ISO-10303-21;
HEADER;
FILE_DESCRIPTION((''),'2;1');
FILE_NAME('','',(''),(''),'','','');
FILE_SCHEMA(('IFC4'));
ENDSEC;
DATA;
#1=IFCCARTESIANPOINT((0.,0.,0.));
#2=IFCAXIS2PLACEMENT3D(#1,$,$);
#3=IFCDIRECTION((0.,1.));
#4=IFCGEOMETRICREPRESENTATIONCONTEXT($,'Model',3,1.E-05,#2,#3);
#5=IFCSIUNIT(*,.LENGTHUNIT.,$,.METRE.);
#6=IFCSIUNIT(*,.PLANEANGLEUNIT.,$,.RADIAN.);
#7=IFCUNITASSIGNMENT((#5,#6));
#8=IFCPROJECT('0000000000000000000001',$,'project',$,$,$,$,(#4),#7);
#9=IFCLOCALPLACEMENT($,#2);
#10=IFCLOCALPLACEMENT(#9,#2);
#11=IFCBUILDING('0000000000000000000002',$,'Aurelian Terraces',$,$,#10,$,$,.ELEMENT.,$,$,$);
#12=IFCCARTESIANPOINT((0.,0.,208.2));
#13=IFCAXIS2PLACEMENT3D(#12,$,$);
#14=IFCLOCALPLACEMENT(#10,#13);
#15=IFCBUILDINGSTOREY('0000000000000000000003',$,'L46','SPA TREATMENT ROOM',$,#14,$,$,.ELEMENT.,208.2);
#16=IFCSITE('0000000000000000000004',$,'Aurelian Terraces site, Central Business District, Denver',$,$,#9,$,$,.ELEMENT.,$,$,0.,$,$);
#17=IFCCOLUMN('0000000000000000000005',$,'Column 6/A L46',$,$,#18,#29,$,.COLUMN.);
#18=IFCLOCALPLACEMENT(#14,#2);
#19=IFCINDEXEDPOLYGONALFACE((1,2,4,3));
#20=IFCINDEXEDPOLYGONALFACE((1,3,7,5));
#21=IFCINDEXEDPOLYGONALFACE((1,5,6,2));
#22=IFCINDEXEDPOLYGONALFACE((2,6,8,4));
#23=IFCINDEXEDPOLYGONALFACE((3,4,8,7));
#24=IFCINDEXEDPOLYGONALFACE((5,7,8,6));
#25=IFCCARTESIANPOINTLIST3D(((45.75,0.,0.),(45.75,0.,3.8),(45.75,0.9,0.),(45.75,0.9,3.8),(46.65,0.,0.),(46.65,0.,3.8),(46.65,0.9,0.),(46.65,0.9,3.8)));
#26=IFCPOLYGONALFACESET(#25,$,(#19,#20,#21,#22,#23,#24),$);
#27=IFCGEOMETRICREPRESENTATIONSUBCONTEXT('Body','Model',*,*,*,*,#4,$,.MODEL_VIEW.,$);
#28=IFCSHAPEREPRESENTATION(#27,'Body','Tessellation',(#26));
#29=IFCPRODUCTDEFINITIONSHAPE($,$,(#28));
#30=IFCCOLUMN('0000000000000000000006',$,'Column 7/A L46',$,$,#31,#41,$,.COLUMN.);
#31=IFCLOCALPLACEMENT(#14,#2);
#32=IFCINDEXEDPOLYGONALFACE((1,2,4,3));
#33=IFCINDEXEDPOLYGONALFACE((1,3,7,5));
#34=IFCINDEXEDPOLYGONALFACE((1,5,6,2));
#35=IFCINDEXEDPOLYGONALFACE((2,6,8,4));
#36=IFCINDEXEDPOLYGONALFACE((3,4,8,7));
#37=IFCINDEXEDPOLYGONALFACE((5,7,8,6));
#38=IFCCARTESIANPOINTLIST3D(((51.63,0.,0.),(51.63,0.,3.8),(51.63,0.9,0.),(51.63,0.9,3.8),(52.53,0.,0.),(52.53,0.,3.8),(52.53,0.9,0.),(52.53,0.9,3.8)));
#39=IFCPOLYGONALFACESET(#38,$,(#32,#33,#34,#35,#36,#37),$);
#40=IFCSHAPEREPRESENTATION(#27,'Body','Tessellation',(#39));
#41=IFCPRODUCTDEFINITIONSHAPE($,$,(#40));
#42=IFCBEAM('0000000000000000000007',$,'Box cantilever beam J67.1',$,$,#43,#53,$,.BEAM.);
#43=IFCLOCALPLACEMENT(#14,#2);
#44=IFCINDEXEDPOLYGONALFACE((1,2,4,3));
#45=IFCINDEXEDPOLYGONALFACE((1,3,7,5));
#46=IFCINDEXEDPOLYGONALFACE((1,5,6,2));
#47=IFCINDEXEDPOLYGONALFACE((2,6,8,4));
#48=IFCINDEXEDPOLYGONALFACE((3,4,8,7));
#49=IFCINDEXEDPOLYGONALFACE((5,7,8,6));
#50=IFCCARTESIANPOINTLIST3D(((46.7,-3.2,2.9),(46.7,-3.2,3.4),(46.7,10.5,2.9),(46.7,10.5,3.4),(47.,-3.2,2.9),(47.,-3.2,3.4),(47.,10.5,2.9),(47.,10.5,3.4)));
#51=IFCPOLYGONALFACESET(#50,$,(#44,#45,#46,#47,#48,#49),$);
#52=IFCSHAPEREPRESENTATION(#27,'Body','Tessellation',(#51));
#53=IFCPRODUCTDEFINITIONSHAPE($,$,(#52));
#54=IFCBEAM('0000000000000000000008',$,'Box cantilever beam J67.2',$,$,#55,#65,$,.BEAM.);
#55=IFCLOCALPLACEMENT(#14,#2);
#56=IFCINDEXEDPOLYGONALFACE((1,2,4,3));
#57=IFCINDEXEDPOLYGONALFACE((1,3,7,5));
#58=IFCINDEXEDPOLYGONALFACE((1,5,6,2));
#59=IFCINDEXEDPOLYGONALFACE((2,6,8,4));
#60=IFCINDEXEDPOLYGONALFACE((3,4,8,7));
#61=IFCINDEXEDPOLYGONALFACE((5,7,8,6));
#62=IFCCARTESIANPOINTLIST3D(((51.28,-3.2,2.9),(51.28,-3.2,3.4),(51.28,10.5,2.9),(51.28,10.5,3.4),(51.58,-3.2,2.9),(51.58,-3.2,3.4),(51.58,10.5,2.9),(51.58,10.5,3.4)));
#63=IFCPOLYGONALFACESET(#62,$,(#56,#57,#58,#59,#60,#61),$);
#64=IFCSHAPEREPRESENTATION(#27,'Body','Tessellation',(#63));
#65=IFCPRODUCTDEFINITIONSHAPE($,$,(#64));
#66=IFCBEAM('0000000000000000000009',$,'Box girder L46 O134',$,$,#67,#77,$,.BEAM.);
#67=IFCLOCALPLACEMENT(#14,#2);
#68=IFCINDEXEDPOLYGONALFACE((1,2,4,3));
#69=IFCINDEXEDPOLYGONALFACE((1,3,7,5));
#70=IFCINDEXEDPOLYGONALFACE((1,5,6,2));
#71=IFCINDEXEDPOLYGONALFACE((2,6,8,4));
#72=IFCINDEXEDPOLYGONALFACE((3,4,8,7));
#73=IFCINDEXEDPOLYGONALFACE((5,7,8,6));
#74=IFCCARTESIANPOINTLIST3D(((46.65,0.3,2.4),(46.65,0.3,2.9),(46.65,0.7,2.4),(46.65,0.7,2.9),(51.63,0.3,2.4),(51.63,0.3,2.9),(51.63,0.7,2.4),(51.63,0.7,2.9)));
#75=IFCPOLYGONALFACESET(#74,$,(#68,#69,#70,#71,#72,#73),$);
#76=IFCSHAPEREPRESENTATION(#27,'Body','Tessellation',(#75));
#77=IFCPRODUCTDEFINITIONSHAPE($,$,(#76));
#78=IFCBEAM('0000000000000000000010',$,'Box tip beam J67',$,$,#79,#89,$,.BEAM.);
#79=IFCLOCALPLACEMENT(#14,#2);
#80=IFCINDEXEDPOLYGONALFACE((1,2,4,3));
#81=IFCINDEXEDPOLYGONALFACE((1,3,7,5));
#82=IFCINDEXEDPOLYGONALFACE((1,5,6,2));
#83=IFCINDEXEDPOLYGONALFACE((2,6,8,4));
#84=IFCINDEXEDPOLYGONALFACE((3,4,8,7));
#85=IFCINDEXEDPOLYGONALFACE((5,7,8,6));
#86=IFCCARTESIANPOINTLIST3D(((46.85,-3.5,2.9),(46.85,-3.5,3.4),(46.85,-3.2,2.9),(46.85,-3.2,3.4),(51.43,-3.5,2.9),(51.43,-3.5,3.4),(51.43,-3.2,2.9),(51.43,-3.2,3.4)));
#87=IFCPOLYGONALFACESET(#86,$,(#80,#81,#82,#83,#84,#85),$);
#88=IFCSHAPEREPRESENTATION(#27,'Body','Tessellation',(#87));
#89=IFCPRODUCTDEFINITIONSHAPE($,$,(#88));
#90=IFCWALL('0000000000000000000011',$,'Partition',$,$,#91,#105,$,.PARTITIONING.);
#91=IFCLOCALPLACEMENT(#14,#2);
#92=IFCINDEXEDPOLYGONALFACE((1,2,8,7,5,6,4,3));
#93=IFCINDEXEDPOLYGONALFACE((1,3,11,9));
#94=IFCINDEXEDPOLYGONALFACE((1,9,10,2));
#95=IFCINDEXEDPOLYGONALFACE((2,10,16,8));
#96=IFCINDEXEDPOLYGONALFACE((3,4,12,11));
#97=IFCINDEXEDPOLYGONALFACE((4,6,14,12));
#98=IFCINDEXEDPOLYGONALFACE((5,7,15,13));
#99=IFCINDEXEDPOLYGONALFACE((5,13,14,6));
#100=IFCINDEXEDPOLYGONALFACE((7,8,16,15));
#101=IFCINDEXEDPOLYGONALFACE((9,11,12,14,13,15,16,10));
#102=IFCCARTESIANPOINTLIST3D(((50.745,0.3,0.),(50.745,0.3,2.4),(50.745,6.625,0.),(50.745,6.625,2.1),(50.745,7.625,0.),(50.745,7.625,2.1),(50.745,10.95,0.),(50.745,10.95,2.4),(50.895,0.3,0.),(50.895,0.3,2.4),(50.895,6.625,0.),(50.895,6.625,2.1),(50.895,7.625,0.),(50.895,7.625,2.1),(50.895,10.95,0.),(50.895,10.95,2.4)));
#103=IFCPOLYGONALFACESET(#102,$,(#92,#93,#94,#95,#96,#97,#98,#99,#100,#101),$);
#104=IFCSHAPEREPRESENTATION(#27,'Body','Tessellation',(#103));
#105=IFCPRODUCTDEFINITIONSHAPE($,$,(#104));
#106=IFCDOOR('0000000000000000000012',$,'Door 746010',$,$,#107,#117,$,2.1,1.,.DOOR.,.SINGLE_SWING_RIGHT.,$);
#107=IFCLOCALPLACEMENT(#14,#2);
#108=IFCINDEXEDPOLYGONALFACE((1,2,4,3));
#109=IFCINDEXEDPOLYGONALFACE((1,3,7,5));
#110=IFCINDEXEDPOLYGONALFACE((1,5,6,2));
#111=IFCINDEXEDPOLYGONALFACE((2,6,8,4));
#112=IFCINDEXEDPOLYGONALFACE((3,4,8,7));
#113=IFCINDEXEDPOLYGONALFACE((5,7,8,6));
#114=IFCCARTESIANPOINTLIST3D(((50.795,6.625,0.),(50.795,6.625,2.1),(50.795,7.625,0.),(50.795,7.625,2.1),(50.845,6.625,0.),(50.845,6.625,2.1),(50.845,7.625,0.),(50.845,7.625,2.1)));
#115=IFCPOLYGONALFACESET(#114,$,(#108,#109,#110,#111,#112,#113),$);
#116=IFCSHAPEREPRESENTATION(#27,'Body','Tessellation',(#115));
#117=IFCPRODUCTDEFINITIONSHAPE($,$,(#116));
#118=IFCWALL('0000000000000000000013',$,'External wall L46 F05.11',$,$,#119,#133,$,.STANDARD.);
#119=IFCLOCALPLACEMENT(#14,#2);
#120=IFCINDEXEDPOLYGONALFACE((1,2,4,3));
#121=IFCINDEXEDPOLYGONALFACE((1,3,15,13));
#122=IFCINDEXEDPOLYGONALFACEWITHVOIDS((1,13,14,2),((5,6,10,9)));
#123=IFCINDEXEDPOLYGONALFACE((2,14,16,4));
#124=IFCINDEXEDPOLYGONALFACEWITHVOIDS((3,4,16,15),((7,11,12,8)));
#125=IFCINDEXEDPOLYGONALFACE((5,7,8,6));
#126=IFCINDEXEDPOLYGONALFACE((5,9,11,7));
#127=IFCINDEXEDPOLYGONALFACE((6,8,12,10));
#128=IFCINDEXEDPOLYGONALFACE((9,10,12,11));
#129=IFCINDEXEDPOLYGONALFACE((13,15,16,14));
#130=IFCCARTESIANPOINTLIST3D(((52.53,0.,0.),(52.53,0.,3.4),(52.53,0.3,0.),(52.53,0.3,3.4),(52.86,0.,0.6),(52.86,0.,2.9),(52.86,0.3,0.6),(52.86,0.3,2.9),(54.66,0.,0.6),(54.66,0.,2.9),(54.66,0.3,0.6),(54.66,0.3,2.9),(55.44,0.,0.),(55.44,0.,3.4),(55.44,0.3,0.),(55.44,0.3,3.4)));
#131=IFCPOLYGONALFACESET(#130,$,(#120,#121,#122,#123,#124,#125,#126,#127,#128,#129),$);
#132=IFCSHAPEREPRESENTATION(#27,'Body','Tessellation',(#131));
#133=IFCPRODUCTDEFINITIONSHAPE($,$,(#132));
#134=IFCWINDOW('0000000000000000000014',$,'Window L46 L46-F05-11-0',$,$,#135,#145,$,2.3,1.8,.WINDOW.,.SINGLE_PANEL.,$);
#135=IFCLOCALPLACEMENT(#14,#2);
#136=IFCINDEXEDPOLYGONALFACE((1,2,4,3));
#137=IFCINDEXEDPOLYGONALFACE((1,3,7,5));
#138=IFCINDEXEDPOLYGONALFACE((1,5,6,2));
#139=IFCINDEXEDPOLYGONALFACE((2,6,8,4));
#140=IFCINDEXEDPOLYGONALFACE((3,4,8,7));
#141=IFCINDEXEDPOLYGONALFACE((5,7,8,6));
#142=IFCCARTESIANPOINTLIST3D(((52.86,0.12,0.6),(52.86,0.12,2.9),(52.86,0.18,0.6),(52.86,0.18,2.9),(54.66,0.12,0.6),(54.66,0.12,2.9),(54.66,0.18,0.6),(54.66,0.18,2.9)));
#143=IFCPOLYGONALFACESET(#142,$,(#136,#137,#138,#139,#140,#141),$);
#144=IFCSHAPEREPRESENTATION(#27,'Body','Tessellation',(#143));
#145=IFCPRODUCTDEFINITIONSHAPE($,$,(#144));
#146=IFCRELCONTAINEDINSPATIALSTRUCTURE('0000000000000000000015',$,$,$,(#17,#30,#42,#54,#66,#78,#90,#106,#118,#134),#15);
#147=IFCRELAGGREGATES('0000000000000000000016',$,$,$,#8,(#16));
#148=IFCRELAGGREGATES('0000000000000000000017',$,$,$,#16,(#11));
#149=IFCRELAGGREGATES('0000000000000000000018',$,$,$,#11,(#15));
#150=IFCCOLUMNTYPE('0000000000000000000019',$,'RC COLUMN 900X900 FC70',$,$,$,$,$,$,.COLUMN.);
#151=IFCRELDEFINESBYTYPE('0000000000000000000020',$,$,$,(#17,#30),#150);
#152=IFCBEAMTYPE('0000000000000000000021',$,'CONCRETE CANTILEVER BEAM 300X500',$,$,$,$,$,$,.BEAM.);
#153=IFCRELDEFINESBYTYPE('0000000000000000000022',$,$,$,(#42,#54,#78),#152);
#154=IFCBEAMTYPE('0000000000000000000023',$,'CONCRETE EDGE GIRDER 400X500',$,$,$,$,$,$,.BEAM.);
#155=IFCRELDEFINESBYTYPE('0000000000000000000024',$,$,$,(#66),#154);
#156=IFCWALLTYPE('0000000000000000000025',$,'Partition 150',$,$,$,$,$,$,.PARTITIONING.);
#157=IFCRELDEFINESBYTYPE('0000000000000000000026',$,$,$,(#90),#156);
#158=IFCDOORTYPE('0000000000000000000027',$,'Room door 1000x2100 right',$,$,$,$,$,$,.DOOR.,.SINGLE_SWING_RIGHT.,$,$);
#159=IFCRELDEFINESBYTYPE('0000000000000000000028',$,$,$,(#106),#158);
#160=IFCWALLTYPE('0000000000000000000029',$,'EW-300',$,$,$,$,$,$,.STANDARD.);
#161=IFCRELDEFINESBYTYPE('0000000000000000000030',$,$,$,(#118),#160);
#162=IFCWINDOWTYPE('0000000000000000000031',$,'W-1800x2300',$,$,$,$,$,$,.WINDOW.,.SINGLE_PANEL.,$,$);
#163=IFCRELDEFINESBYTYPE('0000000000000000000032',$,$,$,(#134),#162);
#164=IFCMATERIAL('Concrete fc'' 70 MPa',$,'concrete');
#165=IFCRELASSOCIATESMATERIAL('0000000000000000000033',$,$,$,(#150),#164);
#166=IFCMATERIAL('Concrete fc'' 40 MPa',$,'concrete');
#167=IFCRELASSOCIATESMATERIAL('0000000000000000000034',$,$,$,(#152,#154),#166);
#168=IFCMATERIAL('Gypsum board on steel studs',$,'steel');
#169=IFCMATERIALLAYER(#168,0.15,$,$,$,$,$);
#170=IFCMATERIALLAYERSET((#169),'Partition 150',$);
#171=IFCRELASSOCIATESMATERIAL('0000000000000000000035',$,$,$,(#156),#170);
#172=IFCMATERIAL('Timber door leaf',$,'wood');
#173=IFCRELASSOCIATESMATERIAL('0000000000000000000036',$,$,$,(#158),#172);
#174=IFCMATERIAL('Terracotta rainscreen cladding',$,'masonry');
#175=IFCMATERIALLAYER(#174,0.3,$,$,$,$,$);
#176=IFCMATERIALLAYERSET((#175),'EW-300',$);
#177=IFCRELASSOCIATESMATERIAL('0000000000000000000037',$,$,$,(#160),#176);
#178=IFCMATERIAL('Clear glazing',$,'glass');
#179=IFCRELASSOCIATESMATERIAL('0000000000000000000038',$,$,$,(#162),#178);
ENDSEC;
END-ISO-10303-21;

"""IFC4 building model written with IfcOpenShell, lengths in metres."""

from ifc_helpers import new_model, si_unit, direction, frame, frame_2d, origin, origin_2d, place, context, subcontext, project, spatial, rectangle, extrude, source, transform, mapped, material, layer, layer_set, material_profile, profile_set, type_object, element, fill, save


model = new_model("IFC4")

# Units and contexts
model_context = context("Model", 3, precision=1e-05, world=origin(), true_north=direction((0.0, 1.0)))
body_context = subcontext(model_context, "Body", "Model", "MODEL_VIEW")
ifc_project = project(units=[si_unit("LENGTHUNIT", "METRE"), si_unit("PLANEANGLEUNIT", "RADIAN")], contexts=[model_context])

# Site, building, storey
site_placement = place(None, origin())
site = spatial("IfcSite", under=ifc_project, at=site_placement, Name="Aurelian Terraces site, Central Business District, Denver", CompositionType="ELEMENT", RefElevation=0.0)
building_placement = place(site_placement, origin())
building = spatial("IfcBuilding", under=site, at=building_placement, Name="Aurelian Terraces", CompositionType="ELEMENT")
storey_placement = place(building_placement, frame((0.0, 0.0, 208.2)))
storey = spatial("IfcBuildingStorey", under=building, at=storey_placement, Name="L46", Description="SPA TREATMENT ROOM", CompositionType="ELEMENT", Elevation=208.2)

# Columns
ifc_material_1 = material(Name="Concrete fc' 70 MPa", Category="concrete")
ifc_material_profile_1 = material_profile(ifc_material_1, rectangle(XDim=0.9, YDim=0.9, at=origin_2d()))
ifc_profile_set_1 = profile_set([ifc_material_profile_1], Name="Concrete fc' 70 MPa")
column_type = type_object("IfcColumnType", Name="RC COLUMN 900X900 FC70", PredefinedType="COLUMN", material=ifc_profile_set_1)
shared_shape_1 = source(origin(), body_context, "Body", "SweptSolid", [
    extrude(rectangle(XDim=0.9, YDim=0.9, at=origin_2d()), origin(), (0.0, 0.0, 1.0), 3.8),
])
for number, where, z_axis, x_axis, name in (
    (1, (46.2, 0.45, 0.0), (0.0, 0.0, 1.0), (1.0, 0.0, 0.0), "Column 6/A L46"),
    (2, (52.08, 0.45, 0.0), (0.0, 0.0, 1.0), (1.0, 0.0, 0.0), "Column 7/A L46"),
):
    element("IfcColumn", number, at=place(storey_placement, frame(where, z_axis=z_axis, x_axis=x_axis)), inside=storey, type_object=column_type, Name=name, PredefinedType="COLUMN", context=body_context, shape_type="MappedRepresentation", body=[
        mapped(shared_shape_1, transform((0.0, 0.0, 0.0), scale=1.0)),
    ])

# Beams
ifc_material_2 = material(Name="Concrete fc' 40 MPa", Category="concrete")
ifc_material_profile_2 = material_profile(ifc_material_2, rectangle(XDim=0.3, YDim=0.5, at=origin_2d()))
ifc_profile_set_2 = profile_set([ifc_material_profile_2], Name="Concrete fc' 40 MPa")
beam_type_1 = type_object("IfcBeamType", Name="CONCRETE CANTILEVER BEAM 300X500", PredefinedType="BEAM", material=ifc_profile_set_2)
shared_shape_2 = source(origin(), body_context, "Body", "SweptSolid", [
    extrude(rectangle(XDim=0.3, YDim=0.5, at=origin_2d()), origin(), (0.0, 0.0, 1.0), 13.7),
])
for number, where, z_axis, x_axis, name in (
    (3, (46.85, -3.2, 3.15), (0.0, 1.0, 0.0), (-1.0, 0.0, 0.0), "Box cantilever beam J67.1"),
    (4, (51.43, -3.2, 3.15), (0.0, 1.0, 0.0), (-1.0, 0.0, 0.0), "Box cantilever beam J67.2"),
):
    element("IfcBeam", number, at=place(storey_placement, frame(where, z_axis=z_axis, x_axis=x_axis)), inside=storey, type_object=beam_type_1, Name=name, PredefinedType="BEAM", context=body_context, shape_type="MappedRepresentation", body=[
        mapped(shared_shape_2, transform((0.0, 0.0, 0.0), scale=1.0)),
    ])
ifc_material_profile_3 = material_profile(ifc_material_2, rectangle(XDim=0.4, YDim=0.5, at=origin_2d()))
ifc_profile_set_3 = profile_set([ifc_material_profile_3], Name="Concrete fc' 40 MPa")
beam_type_2 = type_object("IfcBeamType", Name="CONCRETE EDGE GIRDER 400X500", PredefinedType="BEAM", material=ifc_profile_set_3)
shared_shape_3 = source(origin(), body_context, "Body", "SweptSolid", [
    extrude(rectangle(XDim=0.4, YDim=0.5, at=origin_2d()), origin(), (0.0, 0.0, 1.0), 4.98),
])
beam_1_placement = place(storey_placement, frame((46.65, 0.5, 2.65), z_axis=(1.0, 0.0, 0.0), x_axis=(0.0, 1.0, 0.0)))
element("IfcBeam", 5, at=beam_1_placement, inside=storey, type_object=beam_type_2, Name="Box girder L46 O134", PredefinedType="BEAM", context=body_context, shape_type="MappedRepresentation", body=[
    mapped(shared_shape_3, transform((0.0, 0.0, 0.0), scale=1.0)),
])
shared_shape_4 = source(origin(), body_context, "Body", "SweptSolid", [
    extrude(rectangle(XDim=0.3, YDim=0.5, at=origin_2d()), origin(), (0.0, 0.0, 1.0), 4.58),
])
beam_2_placement = place(storey_placement, frame((46.85, -3.35, 3.15), z_axis=(1.0, 0.0, 0.0), x_axis=(0.0, 1.0, 0.0)))
element("IfcBeam", 6, at=beam_2_placement, inside=storey, type_object=beam_type_1, Name="Box tip beam J67", PredefinedType="BEAM", context=body_context, shape_type="MappedRepresentation", body=[
    mapped(shared_shape_4, transform((0.0, 0.0, 0.0), scale=1.0)),
])

# Wall, opening, door
ifc_material_3 = material(Name="Gypsum board on steel studs", Category="steel")
ifc_layer_1 = layer(ifc_material_3, 0.15)
ifc_layer_set_1 = layer_set([ifc_layer_1], Name="Partition 150")
wall_type_1 = type_object("IfcWallType", Name="Partition 150", PredefinedType="PARTITIONING", material=ifc_layer_set_1)
wall_1_placement = place(storey_placement, frame((50.82, 0.3, 0.0), z_axis=(0.0, 0.0, 1.0), x_axis=(0.0, 1.0, 0.0)))
wall_1 = element("IfcWall", 7, at=wall_1_placement, inside=storey, type_object=wall_type_1, Name="Partition", PredefinedType="PARTITIONING", context=body_context, shape_type="SweptSolid", body=[
    extrude(rectangle(XDim=10.65, YDim=0.15, at=frame_2d((5.325, 0.0))), origin(), (0.0, 0.0, 1.0), 2.4),
])
shared_shape_5 = source(origin(), body_context, "Body", "SweptSolid", [
    extrude(rectangle(XDim=1.0, YDim=2.1, at=frame_2d((0.5, 1.05))), frame((0.0, 0.085, 0.0), z_axis=(0.0, -1.0, 0.0), x_axis=(1.0, 0.0, 0.0)), (0.0, 0.0, 1.0), 0.17),
])
opening_1_placement = place(wall_1_placement, frame((6.325, 0.0, 0.0)))
opening_1 = element("IfcOpeningElement", 8, at=opening_1_placement, cuts=wall_1, PredefinedType="OPENING", context=body_context, shape_type="MappedRepresentation", body=[
    mapped(shared_shape_5, transform((0.0, 0.0, 0.0), scale=1.0)),
])
ifc_material_4 = material(Name="Timber door leaf", Category="wood")
door_type = type_object("IfcDoorType", Name="Room door 1000x2100 right", OperationType="SINGLE_SWING_RIGHT", PredefinedType="DOOR", material=ifc_material_4)
shared_shape_6 = source(origin(), body_context, "Body", "SweptSolid", [
    extrude(rectangle(XDim=1.0, YDim=2.1, at=frame_2d((0.5, 1.05))), frame((0.0, 0.025, 0.0), z_axis=(0.0, -1.0, 0.0), x_axis=(1.0, 0.0, 0.0)), (0.0, 0.0, 1.0), 0.05),
])
door_placement = place(opening_1_placement, origin())
door = element("IfcDoor", 9, at=door_placement, inside=storey, type_object=door_type, Name="Door 746010", OperationType="SINGLE_SWING_RIGHT", OverallHeight=2.1, OverallWidth=1.0, PredefinedType="DOOR", context=body_context, shape_type="MappedRepresentation", body=[
    mapped(shared_shape_6, transform((0.0, 0.0, 0.0), scale=1.0)),
])
fill(opening_1, door)

# Wall, opening, window
ifc_material_5 = material(Name="Terracotta rainscreen cladding", Category="masonry")
ifc_layer_2 = layer(ifc_material_5, 0.3)
ifc_layer_set_2 = layer_set([ifc_layer_2], Name="EW-300")
wall_type_2 = type_object("IfcWallType", Name="EW-300", PredefinedType="STANDARD", material=ifc_layer_set_2)
shared_shape_7 = source(origin(), body_context, "Body", "SweptSolid", [
    extrude(rectangle(XDim=2.91, YDim=0.3, at=frame_2d((1.455, 0.0))), origin(), (0.0, 0.0, 1.0), 3.4),
])
wall_2_placement = place(storey_placement, frame((52.53, 0.15, 0.0), z_axis=(0.0, 0.0, 1.0), x_axis=(1.0, 0.0, 0.0)))
wall_2 = element("IfcWall", 10, at=wall_2_placement, inside=storey, type_object=wall_type_2, Name="External wall L46 F05.11", PredefinedType="STANDARD", context=body_context, shape_type="MappedRepresentation", body=[
    mapped(shared_shape_7, transform((0.0, 0.0, 0.0), scale=1.0)),
])
shared_shape_8 = source(origin(), body_context, "Body", "SweptSolid", [
    extrude(rectangle(XDim=1.8, YDim=2.3, at=frame_2d((0.9, 1.15))), frame((0.0, 0.16, 0.0), z_axis=(0.0, -1.0, 0.0), x_axis=(1.0, 0.0, 0.0)), (0.0, 0.0, 1.0), 0.32),
])
opening_2_placement = place(wall_2_placement, frame((0.33, 0.0, 0.6)))
opening_2 = element("IfcOpeningElement", 11, at=opening_2_placement, cuts=wall_2, PredefinedType="OPENING", context=body_context, shape_type="MappedRepresentation", body=[
    mapped(shared_shape_8, transform((0.0, 0.0, 0.0), scale=1.0)),
])
ifc_material_6 = material(Name="Clear glazing", Category="glass")
window_type_1 = type_object("IfcWindowType", Name="W-1800x2300", PartitioningType="SINGLE_PANEL", PredefinedType="WINDOW", material=ifc_material_6)
shared_shape_9 = source(origin(), body_context, "Body", "SweptSolid", [
    extrude(rectangle(XDim=1.8, YDim=2.3, at=frame_2d((0.9, 1.15))), frame((0.0, 0.03, 0.0), z_axis=(0.0, -1.0, 0.0), x_axis=(1.0, 0.0, 0.0)), (0.0, 0.0, 1.0), 0.06),
])
window_1_placement = place(opening_2_placement, origin())
window_1 = element("IfcWindow", 12, at=window_1_placement, inside=storey, type_object=window_type_1, Name="Window L46 L46-F05-11-0", OverallHeight=2.3, OverallWidth=1.8, PartitioningType="SINGLE_PANEL", PredefinedType="WINDOW", context=body_context, shape_type="MappedRepresentation", body=[
    mapped(shared_shape_9, transform((0.0, 0.0, 0.0), scale=1.0)),
])
fill(opening_2, window_1)

save(model, "model.ifc")
